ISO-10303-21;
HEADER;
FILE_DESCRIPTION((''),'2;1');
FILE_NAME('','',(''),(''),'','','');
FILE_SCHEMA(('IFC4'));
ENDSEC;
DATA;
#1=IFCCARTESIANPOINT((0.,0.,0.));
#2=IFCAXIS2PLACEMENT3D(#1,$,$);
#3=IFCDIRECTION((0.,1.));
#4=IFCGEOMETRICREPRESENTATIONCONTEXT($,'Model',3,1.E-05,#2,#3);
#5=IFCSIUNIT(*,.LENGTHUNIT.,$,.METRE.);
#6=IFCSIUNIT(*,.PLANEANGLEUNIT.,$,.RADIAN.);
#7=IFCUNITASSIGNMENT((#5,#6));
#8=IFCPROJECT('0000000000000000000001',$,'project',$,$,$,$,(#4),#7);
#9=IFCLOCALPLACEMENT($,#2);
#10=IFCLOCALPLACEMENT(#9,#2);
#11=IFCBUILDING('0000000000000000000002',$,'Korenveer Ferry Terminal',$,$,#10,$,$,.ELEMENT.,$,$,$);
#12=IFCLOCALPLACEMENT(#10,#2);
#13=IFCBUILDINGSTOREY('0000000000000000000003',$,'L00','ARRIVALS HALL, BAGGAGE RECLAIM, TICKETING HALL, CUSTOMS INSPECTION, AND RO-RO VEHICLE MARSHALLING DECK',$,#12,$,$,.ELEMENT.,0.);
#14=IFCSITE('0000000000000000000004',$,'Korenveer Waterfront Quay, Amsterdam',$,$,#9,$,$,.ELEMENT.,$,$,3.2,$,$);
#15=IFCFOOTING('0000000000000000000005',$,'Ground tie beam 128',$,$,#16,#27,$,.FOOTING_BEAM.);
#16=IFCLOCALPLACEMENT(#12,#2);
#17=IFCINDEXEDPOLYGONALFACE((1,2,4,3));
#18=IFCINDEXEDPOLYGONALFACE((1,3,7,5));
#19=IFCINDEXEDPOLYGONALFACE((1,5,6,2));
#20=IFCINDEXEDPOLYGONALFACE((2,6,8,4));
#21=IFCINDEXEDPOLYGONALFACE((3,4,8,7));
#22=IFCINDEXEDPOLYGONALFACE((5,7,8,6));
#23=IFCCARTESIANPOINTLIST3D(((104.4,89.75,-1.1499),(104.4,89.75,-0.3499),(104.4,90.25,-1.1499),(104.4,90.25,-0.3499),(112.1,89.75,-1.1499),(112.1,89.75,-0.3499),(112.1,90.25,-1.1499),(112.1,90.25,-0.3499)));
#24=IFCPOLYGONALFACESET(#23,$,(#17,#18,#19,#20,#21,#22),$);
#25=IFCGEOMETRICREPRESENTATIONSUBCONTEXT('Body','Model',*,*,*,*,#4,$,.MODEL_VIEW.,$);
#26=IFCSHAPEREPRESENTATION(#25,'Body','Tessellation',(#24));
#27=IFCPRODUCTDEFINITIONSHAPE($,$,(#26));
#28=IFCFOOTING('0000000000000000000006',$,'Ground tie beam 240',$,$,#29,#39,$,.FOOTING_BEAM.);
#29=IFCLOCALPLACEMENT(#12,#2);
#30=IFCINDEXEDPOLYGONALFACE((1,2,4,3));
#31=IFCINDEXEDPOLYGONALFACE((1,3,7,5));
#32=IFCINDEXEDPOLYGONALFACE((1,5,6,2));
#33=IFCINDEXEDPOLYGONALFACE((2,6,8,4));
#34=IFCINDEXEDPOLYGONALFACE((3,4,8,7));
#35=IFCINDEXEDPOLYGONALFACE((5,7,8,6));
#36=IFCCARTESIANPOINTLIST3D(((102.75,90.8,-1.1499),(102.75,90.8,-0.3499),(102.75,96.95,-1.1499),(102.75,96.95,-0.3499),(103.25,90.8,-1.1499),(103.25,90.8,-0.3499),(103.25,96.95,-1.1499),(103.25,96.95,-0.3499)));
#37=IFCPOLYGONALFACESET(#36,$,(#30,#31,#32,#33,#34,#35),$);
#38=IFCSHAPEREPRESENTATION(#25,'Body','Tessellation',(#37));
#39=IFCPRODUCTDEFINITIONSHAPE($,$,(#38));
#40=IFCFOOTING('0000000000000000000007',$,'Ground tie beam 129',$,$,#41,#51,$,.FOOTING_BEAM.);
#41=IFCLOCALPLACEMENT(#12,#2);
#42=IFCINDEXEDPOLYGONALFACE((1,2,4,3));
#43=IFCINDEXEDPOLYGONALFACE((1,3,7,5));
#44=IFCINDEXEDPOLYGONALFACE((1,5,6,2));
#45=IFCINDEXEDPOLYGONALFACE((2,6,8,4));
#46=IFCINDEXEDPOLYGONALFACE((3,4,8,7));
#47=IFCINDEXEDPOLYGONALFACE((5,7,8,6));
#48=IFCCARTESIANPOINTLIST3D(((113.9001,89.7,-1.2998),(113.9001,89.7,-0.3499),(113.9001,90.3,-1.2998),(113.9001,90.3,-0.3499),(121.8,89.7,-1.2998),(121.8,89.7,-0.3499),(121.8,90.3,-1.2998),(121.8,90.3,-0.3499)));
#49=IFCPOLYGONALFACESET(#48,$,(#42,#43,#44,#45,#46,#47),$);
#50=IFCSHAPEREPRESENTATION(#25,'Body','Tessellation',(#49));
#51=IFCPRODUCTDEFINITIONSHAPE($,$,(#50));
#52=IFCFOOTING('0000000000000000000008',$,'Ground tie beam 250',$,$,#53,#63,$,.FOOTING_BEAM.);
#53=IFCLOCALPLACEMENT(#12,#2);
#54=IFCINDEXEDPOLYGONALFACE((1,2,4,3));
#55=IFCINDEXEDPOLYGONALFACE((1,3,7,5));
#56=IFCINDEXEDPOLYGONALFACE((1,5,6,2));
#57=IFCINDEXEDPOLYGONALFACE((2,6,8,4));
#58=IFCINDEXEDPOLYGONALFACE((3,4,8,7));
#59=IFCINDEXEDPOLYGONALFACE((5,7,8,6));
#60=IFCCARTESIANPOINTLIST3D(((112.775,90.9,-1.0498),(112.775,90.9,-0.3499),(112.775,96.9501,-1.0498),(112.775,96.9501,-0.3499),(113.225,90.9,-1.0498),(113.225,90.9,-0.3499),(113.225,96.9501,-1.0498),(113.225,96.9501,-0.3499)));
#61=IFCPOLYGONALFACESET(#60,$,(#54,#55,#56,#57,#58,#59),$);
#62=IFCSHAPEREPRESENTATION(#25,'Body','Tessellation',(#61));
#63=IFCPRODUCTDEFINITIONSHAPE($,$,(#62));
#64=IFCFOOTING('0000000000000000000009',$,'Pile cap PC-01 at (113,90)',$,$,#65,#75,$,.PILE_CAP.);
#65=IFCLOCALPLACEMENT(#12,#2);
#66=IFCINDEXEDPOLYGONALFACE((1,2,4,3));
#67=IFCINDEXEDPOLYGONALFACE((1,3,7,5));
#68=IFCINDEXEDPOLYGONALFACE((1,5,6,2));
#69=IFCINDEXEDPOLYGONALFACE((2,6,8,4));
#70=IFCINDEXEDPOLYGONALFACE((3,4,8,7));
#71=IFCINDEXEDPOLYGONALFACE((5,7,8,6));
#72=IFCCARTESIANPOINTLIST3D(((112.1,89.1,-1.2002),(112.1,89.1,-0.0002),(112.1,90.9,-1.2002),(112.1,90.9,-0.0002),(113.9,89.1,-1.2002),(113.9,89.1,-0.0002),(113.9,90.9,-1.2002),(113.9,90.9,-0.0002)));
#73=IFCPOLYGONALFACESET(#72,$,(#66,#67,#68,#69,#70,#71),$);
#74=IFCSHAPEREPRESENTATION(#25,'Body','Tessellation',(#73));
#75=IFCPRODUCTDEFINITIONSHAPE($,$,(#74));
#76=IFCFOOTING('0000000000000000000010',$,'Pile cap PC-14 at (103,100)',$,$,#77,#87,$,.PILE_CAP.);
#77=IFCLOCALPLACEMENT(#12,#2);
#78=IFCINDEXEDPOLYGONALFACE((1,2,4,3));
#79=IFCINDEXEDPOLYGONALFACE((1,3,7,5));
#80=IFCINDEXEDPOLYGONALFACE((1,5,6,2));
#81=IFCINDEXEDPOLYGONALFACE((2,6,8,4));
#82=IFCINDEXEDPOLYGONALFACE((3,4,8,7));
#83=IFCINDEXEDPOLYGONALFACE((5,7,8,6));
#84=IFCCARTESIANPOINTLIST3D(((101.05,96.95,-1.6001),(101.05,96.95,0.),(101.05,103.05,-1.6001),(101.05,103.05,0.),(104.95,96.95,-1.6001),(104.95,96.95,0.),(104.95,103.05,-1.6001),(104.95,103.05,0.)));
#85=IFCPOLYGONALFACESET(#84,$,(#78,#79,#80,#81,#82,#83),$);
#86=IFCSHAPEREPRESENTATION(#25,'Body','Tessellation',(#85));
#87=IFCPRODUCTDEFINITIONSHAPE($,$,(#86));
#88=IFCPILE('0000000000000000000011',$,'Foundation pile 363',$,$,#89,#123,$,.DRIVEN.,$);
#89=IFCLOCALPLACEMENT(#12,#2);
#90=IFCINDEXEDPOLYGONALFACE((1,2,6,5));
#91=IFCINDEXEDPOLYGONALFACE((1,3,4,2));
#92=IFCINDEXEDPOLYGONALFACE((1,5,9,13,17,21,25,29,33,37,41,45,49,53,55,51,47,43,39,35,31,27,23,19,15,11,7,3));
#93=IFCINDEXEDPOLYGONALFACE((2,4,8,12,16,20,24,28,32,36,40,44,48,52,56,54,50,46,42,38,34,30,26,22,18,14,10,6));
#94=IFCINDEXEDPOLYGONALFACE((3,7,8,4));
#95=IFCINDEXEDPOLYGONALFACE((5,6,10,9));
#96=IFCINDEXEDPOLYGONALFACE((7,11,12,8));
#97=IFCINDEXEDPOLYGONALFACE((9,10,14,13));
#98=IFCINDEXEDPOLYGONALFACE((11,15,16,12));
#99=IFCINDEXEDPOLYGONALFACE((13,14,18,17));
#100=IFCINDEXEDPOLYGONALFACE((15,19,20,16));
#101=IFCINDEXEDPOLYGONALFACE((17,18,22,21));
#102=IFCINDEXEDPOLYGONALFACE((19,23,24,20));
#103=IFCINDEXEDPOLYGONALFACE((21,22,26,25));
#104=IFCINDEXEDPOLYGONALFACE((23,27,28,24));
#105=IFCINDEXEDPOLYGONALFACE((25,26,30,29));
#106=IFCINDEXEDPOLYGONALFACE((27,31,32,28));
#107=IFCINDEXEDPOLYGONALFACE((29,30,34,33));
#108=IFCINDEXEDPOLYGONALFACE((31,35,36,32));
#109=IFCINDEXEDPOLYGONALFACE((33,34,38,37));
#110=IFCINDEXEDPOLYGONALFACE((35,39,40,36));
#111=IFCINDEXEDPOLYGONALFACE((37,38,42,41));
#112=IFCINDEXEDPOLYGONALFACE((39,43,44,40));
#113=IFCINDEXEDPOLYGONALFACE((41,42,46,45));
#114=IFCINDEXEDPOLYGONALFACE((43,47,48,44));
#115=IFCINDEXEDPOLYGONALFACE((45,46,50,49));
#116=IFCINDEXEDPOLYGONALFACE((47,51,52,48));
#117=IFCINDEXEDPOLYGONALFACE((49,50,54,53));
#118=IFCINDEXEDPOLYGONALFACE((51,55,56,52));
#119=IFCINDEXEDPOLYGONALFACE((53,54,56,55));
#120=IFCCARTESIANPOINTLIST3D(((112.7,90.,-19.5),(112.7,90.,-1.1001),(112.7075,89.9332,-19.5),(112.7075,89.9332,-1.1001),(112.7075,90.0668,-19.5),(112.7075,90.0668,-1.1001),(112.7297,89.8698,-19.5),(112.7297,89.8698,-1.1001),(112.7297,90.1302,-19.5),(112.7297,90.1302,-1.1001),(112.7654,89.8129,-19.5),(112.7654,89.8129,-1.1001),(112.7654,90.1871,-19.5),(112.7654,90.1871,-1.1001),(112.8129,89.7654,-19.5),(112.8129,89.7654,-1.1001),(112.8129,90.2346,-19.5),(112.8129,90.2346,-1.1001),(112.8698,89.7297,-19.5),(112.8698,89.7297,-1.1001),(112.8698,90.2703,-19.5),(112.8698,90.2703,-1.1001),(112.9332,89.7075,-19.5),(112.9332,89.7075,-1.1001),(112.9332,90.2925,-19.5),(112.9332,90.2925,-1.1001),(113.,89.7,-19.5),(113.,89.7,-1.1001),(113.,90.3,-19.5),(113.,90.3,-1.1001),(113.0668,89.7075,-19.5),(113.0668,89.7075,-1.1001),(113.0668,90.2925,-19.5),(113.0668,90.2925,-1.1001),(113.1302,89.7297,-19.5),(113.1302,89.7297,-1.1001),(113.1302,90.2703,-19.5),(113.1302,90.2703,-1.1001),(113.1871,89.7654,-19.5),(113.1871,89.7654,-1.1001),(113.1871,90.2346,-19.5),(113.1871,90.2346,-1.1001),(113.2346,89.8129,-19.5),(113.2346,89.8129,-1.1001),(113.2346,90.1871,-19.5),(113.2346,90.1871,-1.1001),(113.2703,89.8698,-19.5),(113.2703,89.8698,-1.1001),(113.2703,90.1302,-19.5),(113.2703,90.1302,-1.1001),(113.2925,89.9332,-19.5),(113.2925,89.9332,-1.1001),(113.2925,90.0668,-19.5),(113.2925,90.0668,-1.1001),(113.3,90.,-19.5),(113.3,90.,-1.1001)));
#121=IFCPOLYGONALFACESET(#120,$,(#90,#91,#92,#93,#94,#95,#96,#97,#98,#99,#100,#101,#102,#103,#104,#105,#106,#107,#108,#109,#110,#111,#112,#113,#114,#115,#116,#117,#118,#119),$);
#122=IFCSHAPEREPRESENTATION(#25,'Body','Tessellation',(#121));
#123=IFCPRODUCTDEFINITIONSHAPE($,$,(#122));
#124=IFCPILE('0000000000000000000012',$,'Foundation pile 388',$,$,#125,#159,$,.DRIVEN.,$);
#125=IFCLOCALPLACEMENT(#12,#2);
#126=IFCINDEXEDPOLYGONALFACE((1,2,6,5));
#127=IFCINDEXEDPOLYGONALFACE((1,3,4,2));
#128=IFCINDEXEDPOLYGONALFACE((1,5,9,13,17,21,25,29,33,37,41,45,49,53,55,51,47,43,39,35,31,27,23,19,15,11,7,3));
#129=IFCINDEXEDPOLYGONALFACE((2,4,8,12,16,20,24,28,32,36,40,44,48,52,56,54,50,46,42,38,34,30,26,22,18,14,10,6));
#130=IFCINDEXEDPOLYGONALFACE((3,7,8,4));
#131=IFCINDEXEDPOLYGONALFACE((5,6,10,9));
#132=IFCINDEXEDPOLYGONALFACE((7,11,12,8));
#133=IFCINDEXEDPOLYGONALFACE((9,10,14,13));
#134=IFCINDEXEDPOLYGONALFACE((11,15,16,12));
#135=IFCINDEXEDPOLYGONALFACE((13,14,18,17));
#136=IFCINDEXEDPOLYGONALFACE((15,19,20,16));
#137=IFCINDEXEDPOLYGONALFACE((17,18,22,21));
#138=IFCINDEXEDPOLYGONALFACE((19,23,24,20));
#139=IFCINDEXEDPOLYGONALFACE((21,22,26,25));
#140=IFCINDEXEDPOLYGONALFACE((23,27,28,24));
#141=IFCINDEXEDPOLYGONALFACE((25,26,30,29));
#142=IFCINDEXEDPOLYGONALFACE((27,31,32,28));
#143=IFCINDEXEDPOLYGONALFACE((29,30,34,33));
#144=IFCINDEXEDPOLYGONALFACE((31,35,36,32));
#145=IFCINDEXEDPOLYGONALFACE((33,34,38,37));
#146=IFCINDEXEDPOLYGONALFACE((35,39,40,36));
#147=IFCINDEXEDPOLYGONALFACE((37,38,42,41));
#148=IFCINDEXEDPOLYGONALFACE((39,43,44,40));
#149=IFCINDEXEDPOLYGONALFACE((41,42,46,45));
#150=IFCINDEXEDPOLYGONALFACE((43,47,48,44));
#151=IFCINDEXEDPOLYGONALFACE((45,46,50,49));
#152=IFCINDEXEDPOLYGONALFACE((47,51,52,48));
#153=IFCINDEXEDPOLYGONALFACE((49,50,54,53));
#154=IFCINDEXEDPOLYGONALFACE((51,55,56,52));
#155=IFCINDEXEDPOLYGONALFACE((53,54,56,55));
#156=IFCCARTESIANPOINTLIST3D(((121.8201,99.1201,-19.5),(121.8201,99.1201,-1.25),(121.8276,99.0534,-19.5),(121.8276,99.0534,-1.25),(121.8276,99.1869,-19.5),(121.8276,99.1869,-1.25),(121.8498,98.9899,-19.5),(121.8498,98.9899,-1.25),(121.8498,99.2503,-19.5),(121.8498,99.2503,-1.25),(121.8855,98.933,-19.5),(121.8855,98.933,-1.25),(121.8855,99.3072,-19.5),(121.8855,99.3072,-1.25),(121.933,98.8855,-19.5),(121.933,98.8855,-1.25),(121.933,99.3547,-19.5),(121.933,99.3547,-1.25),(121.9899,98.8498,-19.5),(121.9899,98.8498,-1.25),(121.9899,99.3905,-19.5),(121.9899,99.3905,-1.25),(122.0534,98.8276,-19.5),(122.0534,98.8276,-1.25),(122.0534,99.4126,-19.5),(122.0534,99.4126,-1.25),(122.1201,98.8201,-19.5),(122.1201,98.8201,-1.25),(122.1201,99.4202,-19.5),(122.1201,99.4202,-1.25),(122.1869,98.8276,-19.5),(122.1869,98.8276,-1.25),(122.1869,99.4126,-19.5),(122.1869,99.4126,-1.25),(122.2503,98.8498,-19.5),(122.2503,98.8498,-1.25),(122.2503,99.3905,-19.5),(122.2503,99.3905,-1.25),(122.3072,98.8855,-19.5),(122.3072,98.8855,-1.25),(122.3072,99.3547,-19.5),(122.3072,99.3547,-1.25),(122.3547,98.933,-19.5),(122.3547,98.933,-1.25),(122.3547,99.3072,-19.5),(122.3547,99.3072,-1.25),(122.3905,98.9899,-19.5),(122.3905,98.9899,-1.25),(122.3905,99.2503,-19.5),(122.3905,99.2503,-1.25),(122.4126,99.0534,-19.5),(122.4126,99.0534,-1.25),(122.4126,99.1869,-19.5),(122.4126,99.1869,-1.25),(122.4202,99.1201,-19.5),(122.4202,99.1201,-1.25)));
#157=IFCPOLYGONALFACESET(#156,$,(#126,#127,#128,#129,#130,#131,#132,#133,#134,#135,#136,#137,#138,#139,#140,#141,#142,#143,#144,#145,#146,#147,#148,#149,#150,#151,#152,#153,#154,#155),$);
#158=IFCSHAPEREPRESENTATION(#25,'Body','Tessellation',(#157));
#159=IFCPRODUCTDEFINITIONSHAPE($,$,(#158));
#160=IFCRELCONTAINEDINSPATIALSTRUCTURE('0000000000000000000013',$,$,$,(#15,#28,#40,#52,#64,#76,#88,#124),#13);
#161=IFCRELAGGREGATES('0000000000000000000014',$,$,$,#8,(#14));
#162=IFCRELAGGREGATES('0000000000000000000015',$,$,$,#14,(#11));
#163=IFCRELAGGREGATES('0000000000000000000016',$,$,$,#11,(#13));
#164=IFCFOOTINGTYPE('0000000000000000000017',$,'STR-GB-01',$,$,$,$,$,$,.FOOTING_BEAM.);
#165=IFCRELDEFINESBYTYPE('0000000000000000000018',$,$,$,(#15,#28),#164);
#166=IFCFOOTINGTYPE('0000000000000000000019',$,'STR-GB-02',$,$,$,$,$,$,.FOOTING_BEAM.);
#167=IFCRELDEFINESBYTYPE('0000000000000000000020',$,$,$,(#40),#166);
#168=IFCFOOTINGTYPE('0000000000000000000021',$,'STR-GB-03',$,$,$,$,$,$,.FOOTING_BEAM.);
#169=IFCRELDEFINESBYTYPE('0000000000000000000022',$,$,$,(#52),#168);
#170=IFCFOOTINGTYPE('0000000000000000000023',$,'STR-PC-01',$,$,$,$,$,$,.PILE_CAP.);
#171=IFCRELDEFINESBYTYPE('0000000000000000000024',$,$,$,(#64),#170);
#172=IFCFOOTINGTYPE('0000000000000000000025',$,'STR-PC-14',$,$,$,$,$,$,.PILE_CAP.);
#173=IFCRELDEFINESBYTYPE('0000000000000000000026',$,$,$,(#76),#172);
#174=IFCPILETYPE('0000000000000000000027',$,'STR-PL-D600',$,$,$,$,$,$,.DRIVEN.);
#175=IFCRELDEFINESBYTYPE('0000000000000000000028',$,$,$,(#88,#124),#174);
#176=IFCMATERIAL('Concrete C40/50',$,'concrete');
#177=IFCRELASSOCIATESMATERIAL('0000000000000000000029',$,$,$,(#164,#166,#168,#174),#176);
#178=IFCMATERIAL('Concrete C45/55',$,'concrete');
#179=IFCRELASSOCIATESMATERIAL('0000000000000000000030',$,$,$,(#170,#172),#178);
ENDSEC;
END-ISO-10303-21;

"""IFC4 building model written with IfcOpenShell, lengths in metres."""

from ifc_helpers import new_model, si_unit, direction, frame, origin, origin_2d, place, context, subcontext, project, spatial, rectangle, circle, extrude, material, material_profile, profile_set, type_object, element, save


model = new_model("IFC4")

# Units and contexts
model_context = context("Model", 3, precision=1e-05, world=origin(), true_north=direction((0.0, 1.0)))
body_context = subcontext(model_context, "Body", "Model", "MODEL_VIEW")
ifc_project = project(units=[si_unit("LENGTHUNIT", "METRE"), si_unit("PLANEANGLEUNIT", "RADIAN")], contexts=[model_context])

# Site, building, storey
site_placement = place(None, origin())
site = spatial("IfcSite", under=ifc_project, at=site_placement, Name="Korenveer Waterfront Quay, Amsterdam", CompositionType="ELEMENT", RefElevation=3.2)
building_placement = place(site_placement, origin())
building = spatial("IfcBuilding", under=site, at=building_placement, Name="Korenveer Ferry Terminal", CompositionType="ELEMENT")
storey_placement = place(building_placement, origin())
storey = spatial("IfcBuildingStorey", under=building, at=storey_placement, Name="L00", Description="ARRIVALS HALL, BAGGAGE RECLAIM, TICKETING HALL, CUSTOMS INSPECTION, AND RO-RO VEHICLE MARSHALLING DECK", CompositionType="ELEMENT", Elevation=0.0)

# Footings
ifc_material_1 = material(Name="Concrete C40/50", Category="concrete")
footing_type_1 = type_object("IfcFootingType", Name="STR-GB-01", PredefinedType="FOOTING_BEAM", material=ifc_material_1)
footing_1_placement = place(storey_placement, frame((108.25, 90.0, -1.1499), z_axis=(0.0, 0.0, 1.0), x_axis=(1.0, 0.0, 0.0)))
element("IfcFooting", 1, at=footing_1_placement, inside=storey, type_object=footing_type_1, Name="Ground tie beam 128", PredefinedType="FOOTING_BEAM", context=body_context, shape_type="SweptSolid", body=[
    extrude(rectangle(XDim=7.7, YDim=0.5, at=origin_2d()), origin(), (0.0, 0.0, 1.0), 0.8),
])
footing_2_placement = place(storey_placement, frame((103.0, 93.875, -1.1499), z_axis=(0.0, 0.0, 1.0), x_axis=(1.0, 0.0, 0.0)))
element("IfcFooting", 2, at=footing_2_placement, inside=storey, type_object=footing_type_1, Name="Ground tie beam 240", PredefinedType="FOOTING_BEAM", context=body_context, shape_type="SweptSolid", body=[
    extrude(rectangle(XDim=0.5, YDim=6.1499, at=origin_2d()), origin(), (0.0, 0.0, 1.0), 0.8),
])
footing_type_2 = type_object("IfcFootingType", Name="STR-GB-02", PredefinedType="FOOTING_BEAM", material=ifc_material_1)
footing_3_placement = place(storey_placement, frame((117.8501, 90.0, -1.2998), z_axis=(0.0, 0.0, 1.0), x_axis=(1.0, 0.0, 0.0)))
element("IfcFooting", 3, at=footing_3_placement, inside=storey, type_object=footing_type_2, Name="Ground tie beam 129", PredefinedType="FOOTING_BEAM", context=body_context, shape_type="SweptSolid", body=[
    extrude(rectangle(XDim=7.8999, YDim=0.6001, at=origin_2d()), origin(), (0.0, 0.0, 1.0), 0.95),
])
footing_type_3 = type_object("IfcFootingType", Name="STR-GB-03", PredefinedType="FOOTING_BEAM", material=ifc_material_1)
footing_4_placement = place(storey_placement, frame((113.0, 93.925, -1.0498), z_axis=(0.0, 0.0, 1.0), x_axis=(1.0, 0.0, 0.0)))
element("IfcFooting", 4, at=footing_4_placement, inside=storey, type_object=footing_type_3, Name="Ground tie beam 250", PredefinedType="FOOTING_BEAM", context=body_context, shape_type="SweptSolid", body=[
    extrude(rectangle(XDim=0.45, YDim=6.05, at=origin_2d()), origin(), (0.0, 0.0, 1.0), 0.7),
])
ifc_material_2 = material(Name="Concrete C45/55", Category="concrete")
footing_type_4 = type_object("IfcFootingType", Name="STR-PC-01", PredefinedType="PILE_CAP", material=ifc_material_2)
footing_5_placement = place(storey_placement, frame((113.0, 90.0, -1.2002), z_axis=(0.0, 0.0, 1.0), x_axis=(1.0, 0.0, 0.0)))
element("IfcFooting", 5, at=footing_5_placement, inside=storey, type_object=footing_type_4, Name="Pile cap PC-01 at (113,90)", PredefinedType="PILE_CAP", context=body_context, shape_type="SweptSolid", body=[
    extrude(rectangle(XDim=1.8, YDim=1.8, at=origin_2d()), origin(), (0.0, 0.0, 1.0), 1.2),
])
footing_type_5 = type_object("IfcFootingType", Name="STR-PC-14", PredefinedType="PILE_CAP", material=ifc_material_2)
footing_6_placement = place(storey_placement, frame((103.0, 100.0, -1.6001), z_axis=(0.0, 0.0, 1.0), x_axis=(1.0, 0.0, 0.0)))
element("IfcFooting", 6, at=footing_6_placement, inside=storey, type_object=footing_type_5, Name="Pile cap PC-14 at (103,100)", PredefinedType="PILE_CAP", context=body_context, shape_type="SweptSolid", body=[
    extrude(rectangle(XDim=3.8999, YDim=6.1001, at=origin_2d()), origin(), (0.0, 0.0, 1.0), 1.6001),
])

# Piles
ifc_material_profile_1 = material_profile(ifc_material_1, circle(Radius=0.3, at=origin_2d()), Name="PILE D600")
ifc_profile_set_1 = profile_set([ifc_material_profile_1], Name="Concrete C40/50")
pile_type_1 = type_object("IfcPileType", Name="STR-PL-D600", PredefinedType="DRIVEN", material=ifc_profile_set_1)
pile_1_placement = place(storey_placement, frame((113.0, 90.0, -1.1001), z_axis=(0.0, 0.0, -1.0), x_axis=(1.0, 0.0, 0.0)))
element("IfcPile", 7, at=pile_1_placement, inside=storey, type_object=pile_type_1, Name="Foundation pile 363", PredefinedType="DRIVEN", context=body_context, shape_type="SweptSolid", body=[
    extrude(circle(Radius=0.3, at=origin_2d()), origin(), (0.0, 0.0, 1.0), 18.3999),
])
pile_2_placement = place(storey_placement, frame((122.1201, 99.1201, -1.25), z_axis=(0.0, 0.0, -1.0), x_axis=(1.0, 0.0, 0.0)))
element("IfcPile", 8, at=pile_2_placement, inside=storey, type_object=pile_type_1, Name="Foundation pile 388", PredefinedType="DRIVEN", context=body_context, shape_type="SweptSolid", body=[
    extrude(circle(Radius=0.3, at=origin_2d()), origin(), (0.0, 0.0, 1.0), 18.25),
])

save(model, "model.ifc")
